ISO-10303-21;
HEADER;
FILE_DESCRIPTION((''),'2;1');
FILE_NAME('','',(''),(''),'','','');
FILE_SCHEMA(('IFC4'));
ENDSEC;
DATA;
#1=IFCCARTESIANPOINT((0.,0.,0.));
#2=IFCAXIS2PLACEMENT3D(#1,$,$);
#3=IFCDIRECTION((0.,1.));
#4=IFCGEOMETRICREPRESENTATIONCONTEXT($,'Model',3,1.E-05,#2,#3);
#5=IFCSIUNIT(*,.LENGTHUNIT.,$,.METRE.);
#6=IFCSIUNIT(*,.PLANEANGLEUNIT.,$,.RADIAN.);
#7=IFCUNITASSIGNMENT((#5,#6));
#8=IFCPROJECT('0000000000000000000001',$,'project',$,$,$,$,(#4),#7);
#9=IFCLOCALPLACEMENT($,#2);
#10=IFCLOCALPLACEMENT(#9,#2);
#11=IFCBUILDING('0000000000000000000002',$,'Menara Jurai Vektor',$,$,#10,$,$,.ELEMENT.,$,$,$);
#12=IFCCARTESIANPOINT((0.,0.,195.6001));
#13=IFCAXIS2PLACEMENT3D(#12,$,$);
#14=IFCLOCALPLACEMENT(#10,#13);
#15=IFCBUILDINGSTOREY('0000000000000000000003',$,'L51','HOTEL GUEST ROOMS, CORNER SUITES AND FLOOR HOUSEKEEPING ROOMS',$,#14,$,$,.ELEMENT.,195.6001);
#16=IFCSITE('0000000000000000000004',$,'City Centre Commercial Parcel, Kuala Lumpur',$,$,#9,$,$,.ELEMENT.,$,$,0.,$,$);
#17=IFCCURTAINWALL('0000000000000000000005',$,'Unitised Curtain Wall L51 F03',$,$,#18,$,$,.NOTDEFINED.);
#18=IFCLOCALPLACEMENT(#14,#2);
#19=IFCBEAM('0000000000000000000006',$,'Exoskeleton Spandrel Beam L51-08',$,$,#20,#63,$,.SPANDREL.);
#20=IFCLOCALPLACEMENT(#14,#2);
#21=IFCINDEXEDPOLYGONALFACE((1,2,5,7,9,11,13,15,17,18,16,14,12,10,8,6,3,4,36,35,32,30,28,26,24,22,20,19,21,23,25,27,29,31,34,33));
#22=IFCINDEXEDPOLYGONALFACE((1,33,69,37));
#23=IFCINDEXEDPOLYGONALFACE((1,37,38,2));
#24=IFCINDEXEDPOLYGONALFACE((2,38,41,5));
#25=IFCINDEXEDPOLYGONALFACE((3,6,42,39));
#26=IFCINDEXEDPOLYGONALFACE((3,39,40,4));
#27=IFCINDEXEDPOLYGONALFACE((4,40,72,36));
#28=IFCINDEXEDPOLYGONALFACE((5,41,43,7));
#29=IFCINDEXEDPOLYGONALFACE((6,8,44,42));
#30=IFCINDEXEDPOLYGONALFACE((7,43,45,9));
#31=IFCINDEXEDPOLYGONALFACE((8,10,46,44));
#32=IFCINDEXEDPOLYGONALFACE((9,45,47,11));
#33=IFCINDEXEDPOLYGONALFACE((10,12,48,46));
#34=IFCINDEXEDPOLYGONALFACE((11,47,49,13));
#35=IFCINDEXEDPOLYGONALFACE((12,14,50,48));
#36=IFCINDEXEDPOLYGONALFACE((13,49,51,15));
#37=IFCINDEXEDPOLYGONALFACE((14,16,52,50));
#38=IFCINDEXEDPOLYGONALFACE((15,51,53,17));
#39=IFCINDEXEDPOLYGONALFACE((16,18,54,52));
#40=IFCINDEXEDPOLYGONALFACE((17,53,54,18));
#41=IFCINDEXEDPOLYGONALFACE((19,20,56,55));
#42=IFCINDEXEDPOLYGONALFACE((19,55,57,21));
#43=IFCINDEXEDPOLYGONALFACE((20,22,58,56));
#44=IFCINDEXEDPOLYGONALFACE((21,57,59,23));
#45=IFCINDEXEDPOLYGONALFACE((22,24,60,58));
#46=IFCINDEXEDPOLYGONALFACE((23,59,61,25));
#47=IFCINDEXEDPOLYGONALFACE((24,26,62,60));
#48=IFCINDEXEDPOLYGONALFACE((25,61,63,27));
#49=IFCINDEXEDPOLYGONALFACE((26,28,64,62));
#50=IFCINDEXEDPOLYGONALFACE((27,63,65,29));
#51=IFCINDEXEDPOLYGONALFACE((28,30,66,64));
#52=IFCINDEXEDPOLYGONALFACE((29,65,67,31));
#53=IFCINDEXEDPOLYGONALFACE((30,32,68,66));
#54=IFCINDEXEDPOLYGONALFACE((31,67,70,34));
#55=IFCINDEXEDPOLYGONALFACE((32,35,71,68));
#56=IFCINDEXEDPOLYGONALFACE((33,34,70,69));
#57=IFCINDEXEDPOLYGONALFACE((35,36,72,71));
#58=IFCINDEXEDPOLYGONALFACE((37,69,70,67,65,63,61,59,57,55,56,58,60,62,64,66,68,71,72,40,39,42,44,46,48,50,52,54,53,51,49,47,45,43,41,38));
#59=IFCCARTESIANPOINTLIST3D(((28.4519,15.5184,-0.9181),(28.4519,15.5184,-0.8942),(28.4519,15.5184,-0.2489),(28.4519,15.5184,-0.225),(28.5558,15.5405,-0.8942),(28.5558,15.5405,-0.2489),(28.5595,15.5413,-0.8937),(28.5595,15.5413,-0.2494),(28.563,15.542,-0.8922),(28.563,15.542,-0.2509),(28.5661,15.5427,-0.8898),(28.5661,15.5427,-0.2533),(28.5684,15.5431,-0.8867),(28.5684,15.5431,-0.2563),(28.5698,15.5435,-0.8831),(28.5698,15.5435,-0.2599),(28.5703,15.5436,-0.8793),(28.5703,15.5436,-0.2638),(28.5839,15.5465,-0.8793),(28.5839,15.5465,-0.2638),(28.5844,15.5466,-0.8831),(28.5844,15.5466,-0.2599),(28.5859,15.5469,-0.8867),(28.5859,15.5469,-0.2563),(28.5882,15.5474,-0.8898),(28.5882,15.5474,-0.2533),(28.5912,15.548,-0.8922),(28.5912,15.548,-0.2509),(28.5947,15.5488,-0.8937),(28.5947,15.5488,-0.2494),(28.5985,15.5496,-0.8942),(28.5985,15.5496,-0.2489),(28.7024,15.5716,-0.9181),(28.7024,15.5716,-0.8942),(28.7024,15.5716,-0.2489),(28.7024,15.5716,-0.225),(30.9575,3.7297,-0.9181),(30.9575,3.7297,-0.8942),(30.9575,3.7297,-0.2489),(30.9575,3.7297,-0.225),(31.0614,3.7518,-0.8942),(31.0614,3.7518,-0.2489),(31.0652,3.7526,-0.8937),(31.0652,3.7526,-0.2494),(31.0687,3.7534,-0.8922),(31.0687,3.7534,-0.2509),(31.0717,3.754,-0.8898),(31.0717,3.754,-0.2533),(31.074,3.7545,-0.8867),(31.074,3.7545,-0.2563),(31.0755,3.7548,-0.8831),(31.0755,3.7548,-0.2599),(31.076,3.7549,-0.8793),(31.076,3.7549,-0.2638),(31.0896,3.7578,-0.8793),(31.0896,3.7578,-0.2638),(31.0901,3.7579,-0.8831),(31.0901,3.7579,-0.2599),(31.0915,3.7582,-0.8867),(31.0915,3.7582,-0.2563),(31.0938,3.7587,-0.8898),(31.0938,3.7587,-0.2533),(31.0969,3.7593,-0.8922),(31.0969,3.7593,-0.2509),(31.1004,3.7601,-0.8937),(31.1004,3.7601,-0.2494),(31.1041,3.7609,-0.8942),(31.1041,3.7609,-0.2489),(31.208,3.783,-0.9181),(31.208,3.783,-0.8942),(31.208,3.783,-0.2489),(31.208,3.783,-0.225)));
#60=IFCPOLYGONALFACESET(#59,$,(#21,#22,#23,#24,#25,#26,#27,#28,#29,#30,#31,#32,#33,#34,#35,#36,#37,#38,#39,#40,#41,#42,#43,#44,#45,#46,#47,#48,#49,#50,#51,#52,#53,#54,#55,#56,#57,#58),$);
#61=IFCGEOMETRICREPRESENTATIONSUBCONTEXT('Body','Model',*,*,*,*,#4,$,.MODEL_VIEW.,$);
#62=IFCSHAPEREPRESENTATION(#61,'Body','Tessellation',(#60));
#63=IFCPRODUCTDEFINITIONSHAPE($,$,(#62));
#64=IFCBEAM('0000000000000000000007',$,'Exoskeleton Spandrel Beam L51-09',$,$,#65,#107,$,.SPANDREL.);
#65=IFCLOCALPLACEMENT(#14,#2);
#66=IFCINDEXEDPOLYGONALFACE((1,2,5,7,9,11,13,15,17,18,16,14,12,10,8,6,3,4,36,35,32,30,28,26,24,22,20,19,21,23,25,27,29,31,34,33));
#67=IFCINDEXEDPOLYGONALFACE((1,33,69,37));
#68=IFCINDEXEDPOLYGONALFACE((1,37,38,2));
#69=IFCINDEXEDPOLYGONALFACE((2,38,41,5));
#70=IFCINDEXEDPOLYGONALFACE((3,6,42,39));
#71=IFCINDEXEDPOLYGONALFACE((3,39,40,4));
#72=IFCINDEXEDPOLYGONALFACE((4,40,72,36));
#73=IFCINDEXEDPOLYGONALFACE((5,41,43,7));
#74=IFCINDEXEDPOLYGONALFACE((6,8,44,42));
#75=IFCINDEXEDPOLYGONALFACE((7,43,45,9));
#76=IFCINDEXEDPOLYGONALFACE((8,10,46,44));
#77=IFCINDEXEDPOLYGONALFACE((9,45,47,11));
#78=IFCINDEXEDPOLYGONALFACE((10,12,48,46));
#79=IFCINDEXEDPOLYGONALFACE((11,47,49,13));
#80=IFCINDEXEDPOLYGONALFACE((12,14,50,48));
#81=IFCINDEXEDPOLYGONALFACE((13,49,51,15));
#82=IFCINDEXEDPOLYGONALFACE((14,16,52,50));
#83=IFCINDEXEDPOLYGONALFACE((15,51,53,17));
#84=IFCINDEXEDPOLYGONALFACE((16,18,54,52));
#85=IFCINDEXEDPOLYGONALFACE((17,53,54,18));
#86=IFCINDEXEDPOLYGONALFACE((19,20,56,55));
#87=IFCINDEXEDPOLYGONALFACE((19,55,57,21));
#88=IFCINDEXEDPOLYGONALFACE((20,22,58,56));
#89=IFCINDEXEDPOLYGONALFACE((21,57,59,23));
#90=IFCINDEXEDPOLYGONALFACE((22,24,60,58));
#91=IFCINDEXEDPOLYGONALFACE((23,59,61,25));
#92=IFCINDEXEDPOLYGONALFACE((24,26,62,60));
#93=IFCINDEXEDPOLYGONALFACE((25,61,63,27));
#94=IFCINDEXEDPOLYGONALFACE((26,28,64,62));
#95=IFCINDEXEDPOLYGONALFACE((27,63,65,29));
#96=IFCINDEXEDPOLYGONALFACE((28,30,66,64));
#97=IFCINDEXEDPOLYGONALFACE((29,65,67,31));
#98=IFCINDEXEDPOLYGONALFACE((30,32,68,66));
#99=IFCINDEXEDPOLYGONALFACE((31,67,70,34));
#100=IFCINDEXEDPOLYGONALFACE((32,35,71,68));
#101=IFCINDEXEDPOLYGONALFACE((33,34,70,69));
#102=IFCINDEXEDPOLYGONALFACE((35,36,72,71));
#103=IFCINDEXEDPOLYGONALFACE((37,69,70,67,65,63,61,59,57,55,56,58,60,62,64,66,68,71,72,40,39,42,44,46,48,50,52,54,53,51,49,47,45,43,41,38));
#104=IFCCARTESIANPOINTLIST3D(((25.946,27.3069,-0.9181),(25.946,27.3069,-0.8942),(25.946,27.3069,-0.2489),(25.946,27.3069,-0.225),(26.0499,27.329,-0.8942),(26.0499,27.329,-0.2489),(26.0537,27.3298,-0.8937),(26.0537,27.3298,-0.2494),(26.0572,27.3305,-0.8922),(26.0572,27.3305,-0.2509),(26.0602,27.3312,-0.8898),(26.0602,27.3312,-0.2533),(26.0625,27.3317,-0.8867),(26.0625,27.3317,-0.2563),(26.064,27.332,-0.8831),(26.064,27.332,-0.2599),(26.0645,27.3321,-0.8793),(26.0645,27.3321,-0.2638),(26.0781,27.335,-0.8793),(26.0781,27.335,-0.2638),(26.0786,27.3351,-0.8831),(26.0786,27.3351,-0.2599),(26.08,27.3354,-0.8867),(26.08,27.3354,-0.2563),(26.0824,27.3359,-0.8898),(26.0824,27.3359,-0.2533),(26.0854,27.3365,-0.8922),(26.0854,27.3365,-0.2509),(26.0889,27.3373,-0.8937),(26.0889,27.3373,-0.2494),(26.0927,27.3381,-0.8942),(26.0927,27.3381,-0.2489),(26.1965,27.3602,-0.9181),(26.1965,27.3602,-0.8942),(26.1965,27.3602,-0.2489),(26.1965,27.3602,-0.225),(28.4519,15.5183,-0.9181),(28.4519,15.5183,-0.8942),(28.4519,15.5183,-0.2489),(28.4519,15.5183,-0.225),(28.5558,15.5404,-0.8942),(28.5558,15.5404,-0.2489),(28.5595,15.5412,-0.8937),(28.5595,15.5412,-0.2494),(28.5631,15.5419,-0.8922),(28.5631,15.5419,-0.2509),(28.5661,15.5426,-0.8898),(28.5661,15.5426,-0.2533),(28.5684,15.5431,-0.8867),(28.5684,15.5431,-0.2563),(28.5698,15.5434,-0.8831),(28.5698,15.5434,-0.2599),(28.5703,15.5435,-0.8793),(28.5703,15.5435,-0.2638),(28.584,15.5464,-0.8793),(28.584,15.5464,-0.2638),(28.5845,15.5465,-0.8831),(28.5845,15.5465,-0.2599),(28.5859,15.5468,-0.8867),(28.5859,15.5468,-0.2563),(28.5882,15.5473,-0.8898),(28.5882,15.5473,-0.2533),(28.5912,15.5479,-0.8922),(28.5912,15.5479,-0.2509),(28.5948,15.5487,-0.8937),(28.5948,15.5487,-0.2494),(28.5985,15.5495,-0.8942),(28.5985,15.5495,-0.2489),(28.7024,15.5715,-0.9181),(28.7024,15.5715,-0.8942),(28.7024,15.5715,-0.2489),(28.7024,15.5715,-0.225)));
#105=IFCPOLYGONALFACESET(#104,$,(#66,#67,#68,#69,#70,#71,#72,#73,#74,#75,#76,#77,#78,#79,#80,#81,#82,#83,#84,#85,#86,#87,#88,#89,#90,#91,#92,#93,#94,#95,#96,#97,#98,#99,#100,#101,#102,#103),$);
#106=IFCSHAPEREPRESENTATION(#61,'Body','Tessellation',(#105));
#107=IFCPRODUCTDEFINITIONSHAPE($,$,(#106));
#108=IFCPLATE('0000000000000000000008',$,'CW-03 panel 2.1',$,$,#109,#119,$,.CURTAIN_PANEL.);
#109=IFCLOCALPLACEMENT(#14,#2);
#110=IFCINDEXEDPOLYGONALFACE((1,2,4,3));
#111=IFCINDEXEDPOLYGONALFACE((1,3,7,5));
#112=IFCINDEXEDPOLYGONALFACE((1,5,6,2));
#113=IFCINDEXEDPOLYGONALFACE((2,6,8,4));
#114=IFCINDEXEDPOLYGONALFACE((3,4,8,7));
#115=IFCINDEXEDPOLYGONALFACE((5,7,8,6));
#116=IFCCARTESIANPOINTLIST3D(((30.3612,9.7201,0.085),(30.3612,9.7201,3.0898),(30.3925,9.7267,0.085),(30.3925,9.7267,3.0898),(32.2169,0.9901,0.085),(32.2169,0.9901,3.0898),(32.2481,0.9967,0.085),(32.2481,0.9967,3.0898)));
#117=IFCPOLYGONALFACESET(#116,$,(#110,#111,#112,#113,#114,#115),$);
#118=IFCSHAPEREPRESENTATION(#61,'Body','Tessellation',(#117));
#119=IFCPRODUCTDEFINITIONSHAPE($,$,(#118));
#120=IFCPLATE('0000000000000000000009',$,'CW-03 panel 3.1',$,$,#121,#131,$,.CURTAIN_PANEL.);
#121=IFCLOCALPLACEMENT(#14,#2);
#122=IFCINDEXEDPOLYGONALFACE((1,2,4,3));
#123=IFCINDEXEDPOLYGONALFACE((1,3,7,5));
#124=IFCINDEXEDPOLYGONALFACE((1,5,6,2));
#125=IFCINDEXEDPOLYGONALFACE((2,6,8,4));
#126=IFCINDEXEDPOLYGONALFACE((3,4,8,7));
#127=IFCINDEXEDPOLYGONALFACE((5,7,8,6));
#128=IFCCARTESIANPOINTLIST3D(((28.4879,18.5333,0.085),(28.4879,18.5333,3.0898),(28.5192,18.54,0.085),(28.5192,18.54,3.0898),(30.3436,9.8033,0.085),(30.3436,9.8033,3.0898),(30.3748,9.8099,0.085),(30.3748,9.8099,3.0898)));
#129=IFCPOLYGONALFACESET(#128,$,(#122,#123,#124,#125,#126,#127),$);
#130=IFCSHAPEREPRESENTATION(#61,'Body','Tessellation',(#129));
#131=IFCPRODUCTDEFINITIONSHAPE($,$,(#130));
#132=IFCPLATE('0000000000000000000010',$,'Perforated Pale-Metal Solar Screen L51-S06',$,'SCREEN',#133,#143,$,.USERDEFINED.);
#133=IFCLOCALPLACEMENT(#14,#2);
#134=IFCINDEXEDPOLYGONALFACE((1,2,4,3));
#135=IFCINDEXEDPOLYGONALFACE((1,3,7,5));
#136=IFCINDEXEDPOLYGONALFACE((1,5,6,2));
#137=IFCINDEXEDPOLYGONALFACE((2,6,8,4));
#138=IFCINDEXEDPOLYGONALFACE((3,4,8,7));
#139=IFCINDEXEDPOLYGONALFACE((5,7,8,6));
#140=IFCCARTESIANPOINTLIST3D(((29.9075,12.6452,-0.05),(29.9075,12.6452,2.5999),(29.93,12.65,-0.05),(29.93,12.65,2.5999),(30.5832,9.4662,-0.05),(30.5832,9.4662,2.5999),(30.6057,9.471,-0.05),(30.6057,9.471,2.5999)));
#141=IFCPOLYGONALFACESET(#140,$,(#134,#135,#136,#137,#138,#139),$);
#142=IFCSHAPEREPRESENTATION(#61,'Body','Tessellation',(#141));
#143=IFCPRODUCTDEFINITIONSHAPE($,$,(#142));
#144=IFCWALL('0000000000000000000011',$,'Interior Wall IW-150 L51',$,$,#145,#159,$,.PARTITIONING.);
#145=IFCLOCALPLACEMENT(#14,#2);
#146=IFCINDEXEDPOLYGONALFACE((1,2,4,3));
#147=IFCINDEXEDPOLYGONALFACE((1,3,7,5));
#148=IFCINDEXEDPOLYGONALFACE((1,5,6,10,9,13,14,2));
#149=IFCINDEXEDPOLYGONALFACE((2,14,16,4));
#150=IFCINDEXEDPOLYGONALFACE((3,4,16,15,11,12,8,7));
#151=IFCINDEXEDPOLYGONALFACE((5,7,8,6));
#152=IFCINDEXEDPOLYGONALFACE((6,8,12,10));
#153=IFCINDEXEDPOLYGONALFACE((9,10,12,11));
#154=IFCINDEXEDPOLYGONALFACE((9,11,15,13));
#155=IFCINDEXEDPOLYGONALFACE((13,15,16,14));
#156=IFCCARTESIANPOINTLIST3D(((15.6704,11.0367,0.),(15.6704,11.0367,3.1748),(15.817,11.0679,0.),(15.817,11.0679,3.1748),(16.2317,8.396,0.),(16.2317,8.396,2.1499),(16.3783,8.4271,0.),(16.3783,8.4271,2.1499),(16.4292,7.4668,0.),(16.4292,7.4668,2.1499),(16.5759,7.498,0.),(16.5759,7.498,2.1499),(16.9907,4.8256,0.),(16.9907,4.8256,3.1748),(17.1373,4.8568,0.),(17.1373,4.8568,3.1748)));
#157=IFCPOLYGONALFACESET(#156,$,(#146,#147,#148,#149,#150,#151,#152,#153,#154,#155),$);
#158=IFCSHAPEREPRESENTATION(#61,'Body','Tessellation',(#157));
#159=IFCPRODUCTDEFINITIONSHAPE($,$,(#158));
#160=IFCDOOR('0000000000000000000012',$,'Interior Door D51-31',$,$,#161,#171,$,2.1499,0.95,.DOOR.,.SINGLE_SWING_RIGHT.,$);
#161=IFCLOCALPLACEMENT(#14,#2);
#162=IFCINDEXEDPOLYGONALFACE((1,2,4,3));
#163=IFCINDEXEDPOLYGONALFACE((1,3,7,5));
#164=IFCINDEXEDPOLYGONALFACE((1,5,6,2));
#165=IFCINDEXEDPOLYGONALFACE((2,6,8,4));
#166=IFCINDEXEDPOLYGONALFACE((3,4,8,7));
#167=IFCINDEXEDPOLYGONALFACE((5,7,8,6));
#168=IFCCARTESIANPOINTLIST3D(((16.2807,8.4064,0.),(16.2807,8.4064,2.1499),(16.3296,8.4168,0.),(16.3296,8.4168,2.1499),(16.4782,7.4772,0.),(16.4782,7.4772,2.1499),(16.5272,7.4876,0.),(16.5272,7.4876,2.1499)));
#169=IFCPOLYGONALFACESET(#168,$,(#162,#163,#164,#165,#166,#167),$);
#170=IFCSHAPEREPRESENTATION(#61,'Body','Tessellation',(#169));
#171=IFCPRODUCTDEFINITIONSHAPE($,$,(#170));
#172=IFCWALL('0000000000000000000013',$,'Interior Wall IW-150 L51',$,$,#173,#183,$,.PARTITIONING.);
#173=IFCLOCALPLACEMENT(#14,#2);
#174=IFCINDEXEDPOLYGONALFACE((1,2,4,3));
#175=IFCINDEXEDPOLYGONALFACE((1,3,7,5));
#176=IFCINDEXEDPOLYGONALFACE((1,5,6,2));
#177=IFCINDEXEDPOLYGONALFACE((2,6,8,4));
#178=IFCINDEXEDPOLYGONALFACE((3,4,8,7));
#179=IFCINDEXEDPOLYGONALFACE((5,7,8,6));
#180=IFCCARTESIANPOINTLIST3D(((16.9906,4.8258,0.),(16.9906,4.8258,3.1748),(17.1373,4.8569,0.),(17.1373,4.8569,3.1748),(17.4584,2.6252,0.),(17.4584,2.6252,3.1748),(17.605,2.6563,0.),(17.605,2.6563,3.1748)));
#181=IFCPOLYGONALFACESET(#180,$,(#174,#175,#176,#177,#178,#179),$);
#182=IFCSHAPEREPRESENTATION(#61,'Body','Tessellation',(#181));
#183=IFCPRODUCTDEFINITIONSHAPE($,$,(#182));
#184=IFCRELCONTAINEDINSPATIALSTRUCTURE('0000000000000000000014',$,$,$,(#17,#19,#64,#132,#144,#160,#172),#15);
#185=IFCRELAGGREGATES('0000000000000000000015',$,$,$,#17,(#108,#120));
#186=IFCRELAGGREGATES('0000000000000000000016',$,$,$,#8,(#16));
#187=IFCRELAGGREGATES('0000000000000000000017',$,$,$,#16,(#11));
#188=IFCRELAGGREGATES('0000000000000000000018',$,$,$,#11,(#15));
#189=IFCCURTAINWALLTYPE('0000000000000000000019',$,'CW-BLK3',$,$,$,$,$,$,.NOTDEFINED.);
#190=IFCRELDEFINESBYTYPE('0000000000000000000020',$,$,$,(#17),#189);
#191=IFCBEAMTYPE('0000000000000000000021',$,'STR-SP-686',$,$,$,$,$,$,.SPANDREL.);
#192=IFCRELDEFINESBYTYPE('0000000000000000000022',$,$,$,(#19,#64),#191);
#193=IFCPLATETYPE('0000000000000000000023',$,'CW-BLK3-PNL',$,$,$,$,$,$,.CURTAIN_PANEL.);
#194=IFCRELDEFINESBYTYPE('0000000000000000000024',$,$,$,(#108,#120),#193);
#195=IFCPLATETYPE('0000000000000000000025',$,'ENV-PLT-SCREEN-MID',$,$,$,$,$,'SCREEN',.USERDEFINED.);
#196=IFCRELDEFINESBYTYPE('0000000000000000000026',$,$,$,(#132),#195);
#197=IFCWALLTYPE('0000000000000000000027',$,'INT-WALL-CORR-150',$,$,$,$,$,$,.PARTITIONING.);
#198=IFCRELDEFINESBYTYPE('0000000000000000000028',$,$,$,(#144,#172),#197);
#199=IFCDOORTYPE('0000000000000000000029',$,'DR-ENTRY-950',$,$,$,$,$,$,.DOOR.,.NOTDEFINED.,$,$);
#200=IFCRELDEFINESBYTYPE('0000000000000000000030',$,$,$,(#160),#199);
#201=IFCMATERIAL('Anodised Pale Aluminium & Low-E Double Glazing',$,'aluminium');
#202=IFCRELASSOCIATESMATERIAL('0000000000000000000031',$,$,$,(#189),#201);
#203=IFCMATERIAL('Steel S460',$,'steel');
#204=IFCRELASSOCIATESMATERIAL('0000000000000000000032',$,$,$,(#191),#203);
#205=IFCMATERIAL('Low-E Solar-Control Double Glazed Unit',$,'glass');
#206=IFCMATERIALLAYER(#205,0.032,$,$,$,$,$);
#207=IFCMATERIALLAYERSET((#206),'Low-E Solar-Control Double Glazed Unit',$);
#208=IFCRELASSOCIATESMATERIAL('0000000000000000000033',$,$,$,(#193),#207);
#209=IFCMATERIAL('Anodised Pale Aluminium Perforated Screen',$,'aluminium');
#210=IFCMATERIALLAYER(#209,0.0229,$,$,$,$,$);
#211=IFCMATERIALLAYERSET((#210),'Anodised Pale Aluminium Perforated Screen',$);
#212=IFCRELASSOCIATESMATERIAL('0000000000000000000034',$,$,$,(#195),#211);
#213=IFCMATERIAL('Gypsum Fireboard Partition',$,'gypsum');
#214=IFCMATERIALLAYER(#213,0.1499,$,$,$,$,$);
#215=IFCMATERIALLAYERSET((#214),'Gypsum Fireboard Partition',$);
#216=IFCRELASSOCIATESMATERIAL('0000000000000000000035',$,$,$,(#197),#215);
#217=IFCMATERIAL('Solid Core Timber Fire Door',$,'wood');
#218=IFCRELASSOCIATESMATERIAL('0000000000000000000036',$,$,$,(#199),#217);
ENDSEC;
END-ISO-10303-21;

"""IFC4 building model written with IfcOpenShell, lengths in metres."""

from ifc_helpers import new_model, si_unit, direction, frame, frame_2d, origin, origin_2d, place, context, subcontext, project, spatial, rectangle, i_section, extrude, material, layer, layer_set, material_profile, profile_set, type_object, element, fill, aggregate, save


model = new_model("IFC4")

# Units and contexts
model_context = context("Model", 3, precision=1e-05, world=origin(), true_north=direction((0.0, 1.0)))
body_context = subcontext(model_context, "Body", "Model", "MODEL_VIEW")
ifc_project = project(units=[si_unit("LENGTHUNIT", "METRE"), si_unit("PLANEANGLEUNIT", "RADIAN")], contexts=[model_context])

# Site, building, storey
site_placement = place(None, origin())
site = spatial("IfcSite", under=ifc_project, at=site_placement, Name="City Centre Commercial Parcel, Kuala Lumpur", CompositionType="ELEMENT", RefElevation=0.0)
building_placement = place(site_placement, origin())
building = spatial("IfcBuilding", under=site, at=building_placement, Name="Menara Jurai Vektor", CompositionType="ELEMENT")
storey_placement = place(building_placement, frame((0.0, 0.0, 195.6001)))
storey = spatial("IfcBuildingStorey", under=building, at=storey_placement, Name="L51", Description="HOTEL GUEST ROOMS, CORNER SUITES AND FLOOR HOUSEKEEPING ROOMS", CompositionType="ELEMENT", Elevation=195.6001)

# Shared definitions
ifc_material_1 = material(Name="Steel S460", Category="steel")

# Curtain wall
ifc_material_2 = material(Name="Anodised Pale Aluminium & Low-E Double Glazing", Category="aluminium")
curtain_wall_type = type_object("IfcCurtainWallType", Name="CW-BLK3", PredefinedType="NOTDEFINED", material=ifc_material_2)
curtain_wall_placement = place(storey_placement, origin())
curtain_wall = element("IfcCurtainWall", 1, at=curtain_wall_placement, inside=storey, type_object=curtain_wall_type, Name="Unitised Curtain Wall L51 F03", PredefinedType="NOTDEFINED")

# Beams
ifc_material_profile_1 = material_profile(ifc_material_1, i_section(OverallWidth=0.2561, OverallDepth=0.6931, WebThickness=0.0139, FlangeThickness=0.0239, FilletRadius=0.0149, at=origin_2d()), Name="UKB 686x254x170")
ifc_profile_set_1 = profile_set([ifc_material_profile_1], Name="Steel S460")
beam_type_1 = type_object("IfcBeamType", Name="STR-SP-686", PredefinedType="SPANDREL", material=ifc_profile_set_1)
for number, where, z_axis, x_axis, name in (
    (2, (31.0828, 3.7563, -0.5715), (-0.207902, 0.97815, 0.0), (-0.97815, -0.207902, 0.0), "Exoskeleton Spandrel Beam L51-08"),
    (3, (28.5771, 15.5449, -0.5715), (-0.207921, 0.978146, 0.0), (-0.978146, -0.207921, 0.0), "Exoskeleton Spandrel Beam L51-09"),
):
    element("IfcBeam", number, at=place(storey_placement, frame(where, z_axis=z_axis, x_axis=x_axis)), inside=storey, type_object=beam_type_1, Name=name, PredefinedType="SPANDREL", context=body_context, shape_type="SweptSolid", body=[
        extrude(i_section(OverallWidth=0.2561, OverallDepth=0.6931, WebThickness=0.0139, FlangeThickness=0.0239, FilletRadius=0.0149, at=origin_2d()), origin(), (0.0, 0.0, 1.0), 12.052),
    ])

# Plates
ifc_material_3 = material(Name="Low-E Solar-Control Double Glazed Unit", Category="glass")
ifc_layer_1 = layer(ifc_material_3, 0.032)
ifc_layer_set_1 = layer_set([ifc_layer_1], Name="Low-E Solar-Control Double Glazed Unit")
plate_type_1 = type_object("IfcPlateType", Name="CW-BLK3-PNL", PredefinedType="CURTAIN_PANEL", material=ifc_layer_set_1)
plate_1_placement = place(storey_placement, frame((31.3047, 5.3584, 0.085), z_axis=(0.0, 0.0, 1.0), x_axis=(-0.20791, 0.978148, 0.0)))
plate_1 = element("IfcPlate", 4, at=plate_1_placement, type_object=plate_type_1, Name="CW-03 panel 2.1", PredefinedType="CURTAIN_PANEL", context=body_context, shape_type="SweptSolid", body=[
    extrude(rectangle(XDim=8.925, YDim=0.032, at=origin_2d()), origin(), (0.0, 0.0, 1.0), 3.0049),
])
plate_2_placement = place(storey_placement, frame((29.4314, 14.1716, 0.085), z_axis=(0.0, 0.0, 1.0), x_axis=(-0.20791, 0.978148, 0.0)))
plate_2 = element("IfcPlate", 5, at=plate_2_placement, type_object=plate_type_1, Name="CW-03 panel 3.1", PredefinedType="CURTAIN_PANEL", context=body_context, shape_type="SweptSolid", body=[
    extrude(rectangle(XDim=8.925, YDim=0.032, at=origin_2d()), origin(), (0.0, 0.0, 1.0), 3.0049),
])
aggregate(curtain_wall, [plate_1, plate_2])
ifc_material_4 = material(Name="Anodised Pale Aluminium Perforated Screen", Category="aluminium")
ifc_layer_2 = layer(ifc_material_4, 0.0229)
ifc_layer_set_2 = layer_set([ifc_layer_2], Name="Anodised Pale Aluminium Perforated Screen")
plate_type_2 = type_object("IfcPlateType", Name="ENV-PLT-SCREEN-MID", ElementType="SCREEN", PredefinedType="USERDEFINED", material=ifc_layer_set_2)
plate_3_placement = place(storey_placement, frame((30.2566, 11.0581, -0.05), z_axis=(0.0, 0.0, 1.0), x_axis=(-0.207912, 0.978148, 0.0)))
element("IfcPlate", 6, at=plate_3_placement, inside=storey, type_object=plate_type_2, Name="Perforated Pale-Metal Solar Screen L51-S06", ObjectType="SCREEN", PredefinedType="USERDEFINED", context=body_context, shape_type="SweptSolid", body=[
    extrude(rectangle(XDim=3.25, YDim=0.0229, at=origin_2d()), origin(), (0.0, 0.0, 1.0), 2.6499),
])

# Wall, opening, door
ifc_material_5 = material(Name="Gypsum Fireboard Partition", Category="gypsum")
ifc_layer_3 = layer(ifc_material_5, 0.1499)
ifc_layer_set_3 = layer_set([ifc_layer_3], Name="Gypsum Fireboard Partition")
wall_type = type_object("IfcWallType", Name="INT-WALL-CORR-150", PredefinedType="PARTITIONING", material=ifc_layer_set_3)
wall_1_placement = place(storey_placement, frame((17.064, 4.8413, 0.0), z_axis=(0.0, 0.0, 1.0), x_axis=(-0.207925, 0.978145, 0.0)))
wall_1 = element("IfcWall", 7, at=wall_1_placement, inside=storey, type_object=wall_type, Name="Interior Wall IW-150 L51", PredefinedType="PARTITIONING", context=body_context, shape_type="SweptSolid", body=[
    extrude(rectangle(XDim=6.3499, YDim=0.1499, at=frame_2d((3.1748, 0.0))), origin(), (0.0, 0.0, 1.0), 3.1748),
])
opening_1_placement = place(wall_1_placement, frame((2.7, 0.0, 0.0)))
opening_1 = element("IfcOpeningElement", 8, at=opening_1_placement, cuts=wall_1, PredefinedType="OPENING", context=body_context, shape_type="SweptSolid", body=[
    extrude(rectangle(XDim=0.95, YDim=2.1499, at=frame_2d((0.4751, 1.075))), frame((0.0, 0.085, 0.0), z_axis=(0.0, -1.0, 0.0), x_axis=(1.0, 0.0, 0.0)), (0.0, 0.0, 1.0), 0.1699),
])
ifc_material_6 = material(Name="Solid Core Timber Fire Door", Category="wood")
door_type_1 = type_object("IfcDoorType", Name="DR-ENTRY-950", OperationType="NOTDEFINED", PredefinedType="DOOR", material=ifc_material_6)
door_1_placement = place(opening_1_placement, origin())
door_1 = element("IfcDoor", 9, at=door_1_placement, inside=storey, type_object=door_type_1, Name="Interior Door D51-31", OperationType="SINGLE_SWING_RIGHT", OverallHeight=2.1499, OverallWidth=0.95, PredefinedType="DOOR", context=body_context, shape_type="SweptSolid", body=[
    extrude(rectangle(XDim=0.95, YDim=2.1499, at=frame_2d((0.4751, 1.075))), frame((0.0, 0.0249, 0.0), z_axis=(0.0, -1.0, 0.0), x_axis=(1.0, 0.0, 0.0)), (0.0, 0.0, 1.0), 0.05),
])
fill(opening_1, door_1)

# Wall
wall_2_placement = place(storey_placement, frame((17.5317, 2.6406, 0.0), z_axis=(0.0, 0.0, 1.0), x_axis=(-0.207913, 0.978147, 0.0)))
element("IfcWall", 10, at=wall_2_placement, inside=storey, type_object=wall_type, Name="Interior Wall IW-150 L51", PredefinedType="PARTITIONING", context=body_context, shape_type="SweptSolid", body=[
    extrude(rectangle(XDim=2.2498, YDim=0.1499, at=frame_2d((1.125, 0.0))), origin(), (0.0, 0.0, 1.0), 3.1748),
])

save(model, "model.ifc")
